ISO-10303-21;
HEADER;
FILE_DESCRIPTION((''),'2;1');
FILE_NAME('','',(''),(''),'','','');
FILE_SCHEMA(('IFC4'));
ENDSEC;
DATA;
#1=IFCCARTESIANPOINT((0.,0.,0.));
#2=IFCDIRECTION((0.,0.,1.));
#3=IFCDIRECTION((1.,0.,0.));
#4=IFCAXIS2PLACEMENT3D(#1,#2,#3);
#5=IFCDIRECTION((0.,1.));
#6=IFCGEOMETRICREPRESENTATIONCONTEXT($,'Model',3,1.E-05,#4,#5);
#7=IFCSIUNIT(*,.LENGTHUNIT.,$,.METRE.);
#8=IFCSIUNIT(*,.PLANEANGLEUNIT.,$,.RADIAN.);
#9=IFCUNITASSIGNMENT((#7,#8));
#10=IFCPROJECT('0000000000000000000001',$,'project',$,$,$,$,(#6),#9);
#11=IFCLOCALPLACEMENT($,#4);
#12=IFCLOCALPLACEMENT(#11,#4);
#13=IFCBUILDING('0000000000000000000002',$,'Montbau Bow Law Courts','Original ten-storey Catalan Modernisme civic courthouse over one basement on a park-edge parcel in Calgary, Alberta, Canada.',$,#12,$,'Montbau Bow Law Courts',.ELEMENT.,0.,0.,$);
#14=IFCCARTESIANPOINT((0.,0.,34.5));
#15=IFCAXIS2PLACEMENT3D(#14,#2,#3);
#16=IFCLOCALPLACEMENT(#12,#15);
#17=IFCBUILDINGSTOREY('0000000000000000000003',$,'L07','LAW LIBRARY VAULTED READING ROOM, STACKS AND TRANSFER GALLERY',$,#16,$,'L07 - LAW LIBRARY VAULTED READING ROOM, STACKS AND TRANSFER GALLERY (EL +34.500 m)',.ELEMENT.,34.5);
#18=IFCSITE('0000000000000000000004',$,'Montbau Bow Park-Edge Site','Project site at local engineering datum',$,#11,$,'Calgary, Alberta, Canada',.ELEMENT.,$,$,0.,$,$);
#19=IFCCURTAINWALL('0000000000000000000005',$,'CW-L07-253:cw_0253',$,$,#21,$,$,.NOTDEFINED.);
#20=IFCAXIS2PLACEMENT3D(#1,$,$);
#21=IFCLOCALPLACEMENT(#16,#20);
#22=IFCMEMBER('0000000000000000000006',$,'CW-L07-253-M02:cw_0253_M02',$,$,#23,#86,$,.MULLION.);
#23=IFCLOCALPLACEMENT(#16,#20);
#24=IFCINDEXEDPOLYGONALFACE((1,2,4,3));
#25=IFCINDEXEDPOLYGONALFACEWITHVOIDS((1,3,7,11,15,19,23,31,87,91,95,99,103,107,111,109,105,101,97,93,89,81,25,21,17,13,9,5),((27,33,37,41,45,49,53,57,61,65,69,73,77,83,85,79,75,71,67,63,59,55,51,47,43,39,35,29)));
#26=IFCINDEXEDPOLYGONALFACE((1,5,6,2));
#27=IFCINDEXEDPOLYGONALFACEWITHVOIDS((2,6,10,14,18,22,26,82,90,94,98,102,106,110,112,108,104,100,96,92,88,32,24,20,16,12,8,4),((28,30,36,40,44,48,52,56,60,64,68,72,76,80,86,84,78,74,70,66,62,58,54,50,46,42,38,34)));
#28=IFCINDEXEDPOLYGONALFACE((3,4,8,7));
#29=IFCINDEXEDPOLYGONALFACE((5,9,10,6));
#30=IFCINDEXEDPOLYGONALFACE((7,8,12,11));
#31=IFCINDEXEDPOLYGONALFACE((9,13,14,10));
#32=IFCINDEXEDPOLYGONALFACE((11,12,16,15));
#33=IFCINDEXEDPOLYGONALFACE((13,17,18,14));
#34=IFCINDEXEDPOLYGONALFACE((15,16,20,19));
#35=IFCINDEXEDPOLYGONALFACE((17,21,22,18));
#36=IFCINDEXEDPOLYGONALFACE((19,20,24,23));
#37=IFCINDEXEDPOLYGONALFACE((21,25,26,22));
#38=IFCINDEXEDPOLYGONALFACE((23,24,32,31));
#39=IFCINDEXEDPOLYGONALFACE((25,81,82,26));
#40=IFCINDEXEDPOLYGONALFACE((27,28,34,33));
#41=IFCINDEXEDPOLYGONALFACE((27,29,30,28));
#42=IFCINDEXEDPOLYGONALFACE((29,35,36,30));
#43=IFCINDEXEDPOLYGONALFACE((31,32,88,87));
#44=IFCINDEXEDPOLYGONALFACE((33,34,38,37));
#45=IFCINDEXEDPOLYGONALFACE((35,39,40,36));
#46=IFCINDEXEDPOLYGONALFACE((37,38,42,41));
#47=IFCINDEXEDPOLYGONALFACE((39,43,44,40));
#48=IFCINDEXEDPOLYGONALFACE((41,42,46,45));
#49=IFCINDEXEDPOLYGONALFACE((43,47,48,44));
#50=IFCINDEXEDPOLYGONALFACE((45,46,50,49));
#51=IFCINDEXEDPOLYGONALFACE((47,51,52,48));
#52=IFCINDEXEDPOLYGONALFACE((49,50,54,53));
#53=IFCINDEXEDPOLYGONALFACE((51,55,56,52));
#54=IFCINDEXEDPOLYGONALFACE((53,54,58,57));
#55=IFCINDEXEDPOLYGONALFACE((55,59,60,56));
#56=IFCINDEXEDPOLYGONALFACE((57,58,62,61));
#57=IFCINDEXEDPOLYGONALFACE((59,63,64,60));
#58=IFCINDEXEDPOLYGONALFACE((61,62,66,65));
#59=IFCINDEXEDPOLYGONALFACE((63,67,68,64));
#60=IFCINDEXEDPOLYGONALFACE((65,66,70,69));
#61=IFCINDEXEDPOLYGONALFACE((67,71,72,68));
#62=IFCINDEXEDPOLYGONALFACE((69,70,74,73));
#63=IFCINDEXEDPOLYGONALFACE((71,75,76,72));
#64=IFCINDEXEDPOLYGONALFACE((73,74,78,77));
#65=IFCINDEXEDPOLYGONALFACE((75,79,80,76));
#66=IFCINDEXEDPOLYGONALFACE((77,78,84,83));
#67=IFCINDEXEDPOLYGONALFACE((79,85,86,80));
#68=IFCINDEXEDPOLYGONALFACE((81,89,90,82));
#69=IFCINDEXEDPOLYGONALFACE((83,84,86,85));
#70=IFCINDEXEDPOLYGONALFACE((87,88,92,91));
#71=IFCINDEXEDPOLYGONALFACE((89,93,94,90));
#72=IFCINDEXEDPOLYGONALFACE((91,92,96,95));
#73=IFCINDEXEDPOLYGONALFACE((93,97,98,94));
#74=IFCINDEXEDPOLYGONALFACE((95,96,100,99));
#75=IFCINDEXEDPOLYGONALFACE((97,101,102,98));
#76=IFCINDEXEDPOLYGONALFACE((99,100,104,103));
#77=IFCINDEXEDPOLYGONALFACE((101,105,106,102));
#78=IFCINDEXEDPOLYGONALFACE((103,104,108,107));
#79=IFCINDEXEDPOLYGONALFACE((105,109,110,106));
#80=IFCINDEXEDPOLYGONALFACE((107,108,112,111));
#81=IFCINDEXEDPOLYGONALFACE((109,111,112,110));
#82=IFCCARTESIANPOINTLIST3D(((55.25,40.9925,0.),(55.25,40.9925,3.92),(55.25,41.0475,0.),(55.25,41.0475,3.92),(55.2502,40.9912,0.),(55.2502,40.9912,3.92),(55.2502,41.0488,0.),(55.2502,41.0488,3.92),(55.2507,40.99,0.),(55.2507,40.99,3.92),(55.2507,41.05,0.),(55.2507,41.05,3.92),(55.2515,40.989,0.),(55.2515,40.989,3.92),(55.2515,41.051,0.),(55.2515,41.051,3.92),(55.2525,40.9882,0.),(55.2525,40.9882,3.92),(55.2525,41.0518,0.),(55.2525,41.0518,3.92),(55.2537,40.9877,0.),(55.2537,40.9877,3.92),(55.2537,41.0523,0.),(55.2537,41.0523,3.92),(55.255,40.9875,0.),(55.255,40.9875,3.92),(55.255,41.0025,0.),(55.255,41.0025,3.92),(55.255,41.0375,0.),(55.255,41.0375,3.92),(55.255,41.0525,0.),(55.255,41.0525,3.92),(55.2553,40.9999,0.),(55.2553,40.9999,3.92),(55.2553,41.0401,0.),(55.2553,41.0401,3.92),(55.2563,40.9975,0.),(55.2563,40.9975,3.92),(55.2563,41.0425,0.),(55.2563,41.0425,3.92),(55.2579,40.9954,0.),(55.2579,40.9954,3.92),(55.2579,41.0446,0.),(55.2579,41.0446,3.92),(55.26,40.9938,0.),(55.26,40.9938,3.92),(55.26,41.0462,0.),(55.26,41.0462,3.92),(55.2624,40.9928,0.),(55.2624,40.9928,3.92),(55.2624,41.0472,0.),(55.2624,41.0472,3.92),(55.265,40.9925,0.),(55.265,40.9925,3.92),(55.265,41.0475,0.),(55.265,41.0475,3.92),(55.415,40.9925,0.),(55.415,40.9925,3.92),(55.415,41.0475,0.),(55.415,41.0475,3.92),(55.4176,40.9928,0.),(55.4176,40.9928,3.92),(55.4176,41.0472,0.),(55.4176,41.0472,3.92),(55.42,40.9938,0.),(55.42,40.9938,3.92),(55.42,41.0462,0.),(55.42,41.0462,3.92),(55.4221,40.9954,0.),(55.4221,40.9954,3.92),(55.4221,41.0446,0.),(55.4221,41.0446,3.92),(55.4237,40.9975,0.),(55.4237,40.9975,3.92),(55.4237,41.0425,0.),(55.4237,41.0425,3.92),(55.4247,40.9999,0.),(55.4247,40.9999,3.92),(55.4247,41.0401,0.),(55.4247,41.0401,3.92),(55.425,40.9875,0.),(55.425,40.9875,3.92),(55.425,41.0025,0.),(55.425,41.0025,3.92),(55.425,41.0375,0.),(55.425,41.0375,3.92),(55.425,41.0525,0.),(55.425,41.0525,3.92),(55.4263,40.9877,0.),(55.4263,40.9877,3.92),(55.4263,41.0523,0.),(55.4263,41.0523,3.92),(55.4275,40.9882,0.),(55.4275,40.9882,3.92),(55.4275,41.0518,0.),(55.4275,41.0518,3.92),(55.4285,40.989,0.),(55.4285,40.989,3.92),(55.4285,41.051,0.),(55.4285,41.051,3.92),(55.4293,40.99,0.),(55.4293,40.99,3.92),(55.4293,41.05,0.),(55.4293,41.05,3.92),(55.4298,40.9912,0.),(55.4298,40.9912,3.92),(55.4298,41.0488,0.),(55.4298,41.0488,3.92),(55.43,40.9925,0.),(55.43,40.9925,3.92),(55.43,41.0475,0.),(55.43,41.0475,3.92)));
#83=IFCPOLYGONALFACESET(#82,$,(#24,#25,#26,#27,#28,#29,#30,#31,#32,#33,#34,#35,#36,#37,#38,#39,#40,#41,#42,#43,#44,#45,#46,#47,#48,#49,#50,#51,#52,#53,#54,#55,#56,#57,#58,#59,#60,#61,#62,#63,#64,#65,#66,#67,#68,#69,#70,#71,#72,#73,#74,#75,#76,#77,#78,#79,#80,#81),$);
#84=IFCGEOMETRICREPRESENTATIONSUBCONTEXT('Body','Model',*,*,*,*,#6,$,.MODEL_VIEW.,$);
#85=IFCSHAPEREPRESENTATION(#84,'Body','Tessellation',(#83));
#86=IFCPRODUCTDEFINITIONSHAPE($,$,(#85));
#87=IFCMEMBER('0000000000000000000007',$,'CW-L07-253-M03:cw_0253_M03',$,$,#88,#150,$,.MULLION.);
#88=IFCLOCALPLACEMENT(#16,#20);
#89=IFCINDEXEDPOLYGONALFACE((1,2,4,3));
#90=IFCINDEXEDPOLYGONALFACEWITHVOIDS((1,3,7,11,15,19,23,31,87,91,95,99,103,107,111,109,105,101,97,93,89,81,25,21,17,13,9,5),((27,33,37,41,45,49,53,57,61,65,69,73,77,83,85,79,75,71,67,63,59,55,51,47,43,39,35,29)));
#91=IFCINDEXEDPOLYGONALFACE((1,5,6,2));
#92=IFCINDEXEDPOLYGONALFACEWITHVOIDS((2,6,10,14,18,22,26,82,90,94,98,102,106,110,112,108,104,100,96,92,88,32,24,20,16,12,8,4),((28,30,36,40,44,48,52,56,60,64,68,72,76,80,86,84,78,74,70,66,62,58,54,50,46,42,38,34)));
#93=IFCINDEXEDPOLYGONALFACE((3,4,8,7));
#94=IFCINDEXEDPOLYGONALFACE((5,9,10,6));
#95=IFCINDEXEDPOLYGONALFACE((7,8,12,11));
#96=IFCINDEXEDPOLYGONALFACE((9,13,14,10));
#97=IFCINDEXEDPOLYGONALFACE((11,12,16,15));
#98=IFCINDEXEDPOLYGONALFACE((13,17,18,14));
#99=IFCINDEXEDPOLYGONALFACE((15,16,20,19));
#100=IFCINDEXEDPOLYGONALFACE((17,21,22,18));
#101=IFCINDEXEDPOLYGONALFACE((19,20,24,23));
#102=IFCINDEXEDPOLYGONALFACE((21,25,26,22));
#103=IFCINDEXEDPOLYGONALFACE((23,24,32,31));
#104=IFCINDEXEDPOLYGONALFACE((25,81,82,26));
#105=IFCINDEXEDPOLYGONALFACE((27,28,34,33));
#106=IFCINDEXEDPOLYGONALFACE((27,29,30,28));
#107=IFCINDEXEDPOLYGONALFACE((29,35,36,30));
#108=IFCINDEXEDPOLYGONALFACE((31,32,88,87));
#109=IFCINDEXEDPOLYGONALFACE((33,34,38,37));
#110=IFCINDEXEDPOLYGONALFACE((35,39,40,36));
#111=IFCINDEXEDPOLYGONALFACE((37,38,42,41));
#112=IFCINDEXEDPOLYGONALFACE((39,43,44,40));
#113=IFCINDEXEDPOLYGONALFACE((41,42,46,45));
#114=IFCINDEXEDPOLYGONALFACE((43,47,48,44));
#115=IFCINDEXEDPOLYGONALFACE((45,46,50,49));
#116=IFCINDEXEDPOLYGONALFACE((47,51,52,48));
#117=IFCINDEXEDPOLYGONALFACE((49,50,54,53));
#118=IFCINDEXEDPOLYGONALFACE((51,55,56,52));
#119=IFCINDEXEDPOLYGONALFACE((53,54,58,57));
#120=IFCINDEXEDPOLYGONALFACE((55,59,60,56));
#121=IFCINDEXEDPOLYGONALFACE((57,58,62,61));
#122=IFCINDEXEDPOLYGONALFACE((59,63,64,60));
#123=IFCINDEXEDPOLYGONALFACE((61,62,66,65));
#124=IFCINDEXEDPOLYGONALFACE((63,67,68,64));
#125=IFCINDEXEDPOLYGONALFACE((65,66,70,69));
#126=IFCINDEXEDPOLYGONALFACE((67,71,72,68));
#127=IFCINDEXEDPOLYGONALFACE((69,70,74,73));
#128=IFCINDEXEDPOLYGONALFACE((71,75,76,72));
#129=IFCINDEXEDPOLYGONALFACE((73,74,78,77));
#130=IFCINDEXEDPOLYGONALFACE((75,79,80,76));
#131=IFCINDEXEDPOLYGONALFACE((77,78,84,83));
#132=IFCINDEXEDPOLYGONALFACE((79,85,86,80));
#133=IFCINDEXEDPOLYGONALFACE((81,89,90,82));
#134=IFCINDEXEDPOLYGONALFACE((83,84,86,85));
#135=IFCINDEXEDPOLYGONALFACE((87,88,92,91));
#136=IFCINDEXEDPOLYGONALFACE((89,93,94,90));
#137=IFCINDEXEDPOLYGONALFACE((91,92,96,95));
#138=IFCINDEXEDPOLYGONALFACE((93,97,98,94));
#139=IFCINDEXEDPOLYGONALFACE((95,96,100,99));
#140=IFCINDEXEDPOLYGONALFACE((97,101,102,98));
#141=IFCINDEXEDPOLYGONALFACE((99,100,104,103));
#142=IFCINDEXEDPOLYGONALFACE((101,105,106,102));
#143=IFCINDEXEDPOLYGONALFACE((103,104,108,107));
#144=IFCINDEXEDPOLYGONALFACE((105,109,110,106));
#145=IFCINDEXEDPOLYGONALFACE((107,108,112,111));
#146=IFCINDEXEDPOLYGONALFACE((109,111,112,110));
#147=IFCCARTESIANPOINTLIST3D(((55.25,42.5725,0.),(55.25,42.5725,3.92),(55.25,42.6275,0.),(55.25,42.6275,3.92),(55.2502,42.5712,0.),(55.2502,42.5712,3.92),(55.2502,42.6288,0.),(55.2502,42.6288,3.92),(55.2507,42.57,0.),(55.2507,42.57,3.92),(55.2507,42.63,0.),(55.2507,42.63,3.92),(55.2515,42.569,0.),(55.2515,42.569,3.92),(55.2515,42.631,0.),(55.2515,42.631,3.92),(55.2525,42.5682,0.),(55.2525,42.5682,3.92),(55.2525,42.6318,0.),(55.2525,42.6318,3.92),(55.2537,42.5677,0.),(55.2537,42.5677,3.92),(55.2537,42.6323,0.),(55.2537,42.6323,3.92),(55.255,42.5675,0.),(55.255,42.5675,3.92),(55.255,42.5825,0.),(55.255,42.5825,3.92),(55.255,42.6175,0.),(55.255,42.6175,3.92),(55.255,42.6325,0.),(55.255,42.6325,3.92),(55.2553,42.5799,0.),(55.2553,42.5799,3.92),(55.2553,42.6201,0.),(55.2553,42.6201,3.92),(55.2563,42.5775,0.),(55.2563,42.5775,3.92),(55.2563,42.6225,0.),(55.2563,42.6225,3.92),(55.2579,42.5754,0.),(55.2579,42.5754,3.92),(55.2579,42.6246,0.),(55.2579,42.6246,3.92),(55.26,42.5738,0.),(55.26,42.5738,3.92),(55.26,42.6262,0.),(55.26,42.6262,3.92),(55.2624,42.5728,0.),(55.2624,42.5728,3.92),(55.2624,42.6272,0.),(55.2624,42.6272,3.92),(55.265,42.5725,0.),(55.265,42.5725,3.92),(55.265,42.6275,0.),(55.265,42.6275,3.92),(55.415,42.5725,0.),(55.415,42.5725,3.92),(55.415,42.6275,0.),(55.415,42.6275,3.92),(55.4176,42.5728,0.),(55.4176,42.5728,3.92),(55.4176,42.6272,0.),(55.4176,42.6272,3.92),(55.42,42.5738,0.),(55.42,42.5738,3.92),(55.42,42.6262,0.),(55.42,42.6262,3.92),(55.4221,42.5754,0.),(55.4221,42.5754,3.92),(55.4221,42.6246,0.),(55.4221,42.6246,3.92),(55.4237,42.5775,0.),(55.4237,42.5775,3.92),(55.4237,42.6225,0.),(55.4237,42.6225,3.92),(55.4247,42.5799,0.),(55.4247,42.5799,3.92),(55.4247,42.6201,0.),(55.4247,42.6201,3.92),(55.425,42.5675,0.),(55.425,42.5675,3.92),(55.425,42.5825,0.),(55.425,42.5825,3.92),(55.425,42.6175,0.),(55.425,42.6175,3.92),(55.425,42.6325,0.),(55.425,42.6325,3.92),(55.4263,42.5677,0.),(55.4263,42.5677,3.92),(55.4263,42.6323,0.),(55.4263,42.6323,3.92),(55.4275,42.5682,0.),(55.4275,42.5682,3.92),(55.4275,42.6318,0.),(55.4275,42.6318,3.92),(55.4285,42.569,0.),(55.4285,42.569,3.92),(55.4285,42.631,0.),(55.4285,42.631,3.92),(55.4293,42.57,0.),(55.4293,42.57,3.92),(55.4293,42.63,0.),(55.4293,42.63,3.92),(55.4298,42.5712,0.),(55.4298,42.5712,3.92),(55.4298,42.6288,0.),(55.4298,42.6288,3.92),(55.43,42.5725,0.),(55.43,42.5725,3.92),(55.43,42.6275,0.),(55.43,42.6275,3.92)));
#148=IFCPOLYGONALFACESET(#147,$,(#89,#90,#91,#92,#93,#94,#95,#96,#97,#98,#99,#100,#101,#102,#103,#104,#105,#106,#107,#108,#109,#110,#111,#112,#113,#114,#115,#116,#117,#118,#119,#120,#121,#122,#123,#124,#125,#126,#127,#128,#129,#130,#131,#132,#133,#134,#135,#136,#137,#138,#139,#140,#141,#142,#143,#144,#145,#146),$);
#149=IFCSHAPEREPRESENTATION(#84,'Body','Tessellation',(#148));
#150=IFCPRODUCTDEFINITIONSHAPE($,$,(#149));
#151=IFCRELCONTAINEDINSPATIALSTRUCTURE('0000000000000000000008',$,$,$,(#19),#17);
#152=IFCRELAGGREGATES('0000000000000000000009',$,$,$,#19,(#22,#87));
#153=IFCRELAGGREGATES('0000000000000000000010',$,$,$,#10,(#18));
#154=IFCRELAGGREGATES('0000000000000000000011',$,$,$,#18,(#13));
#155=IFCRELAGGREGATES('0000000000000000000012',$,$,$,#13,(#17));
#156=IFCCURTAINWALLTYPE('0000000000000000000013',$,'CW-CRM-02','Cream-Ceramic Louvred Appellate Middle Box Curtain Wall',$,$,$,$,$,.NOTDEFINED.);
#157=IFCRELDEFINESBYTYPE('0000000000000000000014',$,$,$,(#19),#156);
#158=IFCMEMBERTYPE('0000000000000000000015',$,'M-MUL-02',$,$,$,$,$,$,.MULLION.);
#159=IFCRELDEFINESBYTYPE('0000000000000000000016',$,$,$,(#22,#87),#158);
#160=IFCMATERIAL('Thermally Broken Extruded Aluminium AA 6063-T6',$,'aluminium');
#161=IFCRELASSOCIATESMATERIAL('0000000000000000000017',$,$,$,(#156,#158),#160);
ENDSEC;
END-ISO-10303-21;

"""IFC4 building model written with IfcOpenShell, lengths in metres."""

from ifc_helpers import new_model, si_unit, direction, frame, origin_with_axes, origin_2d_with_axis, place, context, subcontext, project, spatial, hollow_rectangle, extrude, material, material_profile, profile_set, type_object, element, aggregate, save


model = new_model("IFC4")

# Units and contexts
model_context = context("Model", 3, precision=1e-05, world=origin_with_axes(), true_north=direction((0.0, 1.0)))
body_context = subcontext(model_context, "Body", "Model", "MODEL_VIEW")
ifc_project = project(units=[si_unit("LENGTHUNIT", "METRE"), si_unit("PLANEANGLEUNIT", "RADIAN")], contexts=[model_context])

# Site, building, storey
site_placement = place(None, origin_with_axes())
site = spatial("IfcSite", under=ifc_project, at=site_placement, Name="Montbau Bow Park-Edge Site", Description="Project site at local engineering datum", LongName="Calgary, Alberta, Canada", CompositionType="ELEMENT", RefElevation=0.0)
building_placement = place(site_placement, origin_with_axes())
building = spatial("IfcBuilding", under=site, at=building_placement, Name="Montbau Bow Law Courts", Description="Original ten-storey Catalan Modernisme civic courthouse over one basement on a park-edge parcel in Calgary, Alberta, Canada.", LongName="Montbau Bow Law Courts", CompositionType="ELEMENT", ElevationOfRefHeight=0.0, ElevationOfTerrain=0.0)
storey_placement = place(building_placement, frame((0.0, 0.0, 34.5), z_axis=(0.0, 0.0, 1.0), x_axis=(1.0, 0.0, 0.0)))
storey = spatial("IfcBuildingStorey", under=building, at=storey_placement, Name="L07", Description="LAW LIBRARY VAULTED READING ROOM, STACKS AND TRANSFER GALLERY", LongName="L07 - LAW LIBRARY VAULTED READING ROOM, STACKS AND TRANSFER GALLERY (EL +34.500 m)", CompositionType="ELEMENT", Elevation=34.5)

# Curtain wall, members
ifc_material_1 = material(Name="Thermally Broken Extruded Aluminium AA 6063-T6", Category="aluminium")
curtain_wall_type = type_object("IfcCurtainWallType", Name="CW-CRM-02", Description="Cream-Ceramic Louvred Appellate Middle Box Curtain Wall", PredefinedType="NOTDEFINED", material=ifc_material_1)
curtain_wall_placement = place(None, frame((55.34, 39.44, 34.5), z_axis=(0.0, 0.0, 1.0), x_axis=(1.0, 0.0, 0.0)))
curtain_wall = element("IfcCurtainWall", 1, at=curtain_wall_placement, inside=storey, type_object=curtain_wall_type, Name="CW-L07-253:cw_0253", PredefinedType="NOTDEFINED")
ifc_material_profile_1 = material_profile(ifc_material_1, hollow_rectangle(XDim=0.065, YDim=0.18, WallThickness=0.005, InnerFilletRadius=0.01, OuterFilletRadius=0.005, at=origin_2d_with_axis()), Name="CWM-180X65", Category="Main", Priority=0)
ifc_profile_set_1 = profile_set([ifc_material_profile_1], Name="Thermally Broken Extruded Aluminium AA 6063-T6")
member_type_1 = type_object("IfcMemberType", Name="M-MUL-02", PredefinedType="MULLION", material=ifc_profile_set_1)
member_1_placement = place(None, frame((55.34, 41.02, 34.5), z_axis=(0.0, 0.0, 1.0), x_axis=(0.0, 1.0, 0.0)))
member_1 = element("IfcMember", 2, at=member_1_placement, type_object=member_type_1, Name="CW-L07-253-M02:cw_0253_M02", PredefinedType="MULLION", context=body_context, shape_type="SweptSolid", body=[
    extrude(hollow_rectangle(XDim=0.065, YDim=0.18, WallThickness=0.005, InnerFilletRadius=0.01, OuterFilletRadius=0.005, at=origin_2d_with_axis()), origin_with_axes(), (0.0, 0.0, 1.0), 3.92),
])
member_2_placement = place(None, frame((55.34, 42.6, 34.5), z_axis=(0.0, 0.0, 1.0), x_axis=(0.0, 1.0, 0.0)))
member_2 = element("IfcMember", 3, at=member_2_placement, type_object=member_type_1, Name="CW-L07-253-M03:cw_0253_M03", PredefinedType="MULLION", context=body_context, shape_type="SweptSolid", body=[
    extrude(hollow_rectangle(XDim=0.065, YDim=0.18, WallThickness=0.005, InnerFilletRadius=0.01, OuterFilletRadius=0.005, at=origin_2d_with_axis()), origin_with_axes(), (0.0, 0.0, 1.0), 3.92),
])
aggregate(curtain_wall, [member_1, member_2])

save(model, "model.ifc")
